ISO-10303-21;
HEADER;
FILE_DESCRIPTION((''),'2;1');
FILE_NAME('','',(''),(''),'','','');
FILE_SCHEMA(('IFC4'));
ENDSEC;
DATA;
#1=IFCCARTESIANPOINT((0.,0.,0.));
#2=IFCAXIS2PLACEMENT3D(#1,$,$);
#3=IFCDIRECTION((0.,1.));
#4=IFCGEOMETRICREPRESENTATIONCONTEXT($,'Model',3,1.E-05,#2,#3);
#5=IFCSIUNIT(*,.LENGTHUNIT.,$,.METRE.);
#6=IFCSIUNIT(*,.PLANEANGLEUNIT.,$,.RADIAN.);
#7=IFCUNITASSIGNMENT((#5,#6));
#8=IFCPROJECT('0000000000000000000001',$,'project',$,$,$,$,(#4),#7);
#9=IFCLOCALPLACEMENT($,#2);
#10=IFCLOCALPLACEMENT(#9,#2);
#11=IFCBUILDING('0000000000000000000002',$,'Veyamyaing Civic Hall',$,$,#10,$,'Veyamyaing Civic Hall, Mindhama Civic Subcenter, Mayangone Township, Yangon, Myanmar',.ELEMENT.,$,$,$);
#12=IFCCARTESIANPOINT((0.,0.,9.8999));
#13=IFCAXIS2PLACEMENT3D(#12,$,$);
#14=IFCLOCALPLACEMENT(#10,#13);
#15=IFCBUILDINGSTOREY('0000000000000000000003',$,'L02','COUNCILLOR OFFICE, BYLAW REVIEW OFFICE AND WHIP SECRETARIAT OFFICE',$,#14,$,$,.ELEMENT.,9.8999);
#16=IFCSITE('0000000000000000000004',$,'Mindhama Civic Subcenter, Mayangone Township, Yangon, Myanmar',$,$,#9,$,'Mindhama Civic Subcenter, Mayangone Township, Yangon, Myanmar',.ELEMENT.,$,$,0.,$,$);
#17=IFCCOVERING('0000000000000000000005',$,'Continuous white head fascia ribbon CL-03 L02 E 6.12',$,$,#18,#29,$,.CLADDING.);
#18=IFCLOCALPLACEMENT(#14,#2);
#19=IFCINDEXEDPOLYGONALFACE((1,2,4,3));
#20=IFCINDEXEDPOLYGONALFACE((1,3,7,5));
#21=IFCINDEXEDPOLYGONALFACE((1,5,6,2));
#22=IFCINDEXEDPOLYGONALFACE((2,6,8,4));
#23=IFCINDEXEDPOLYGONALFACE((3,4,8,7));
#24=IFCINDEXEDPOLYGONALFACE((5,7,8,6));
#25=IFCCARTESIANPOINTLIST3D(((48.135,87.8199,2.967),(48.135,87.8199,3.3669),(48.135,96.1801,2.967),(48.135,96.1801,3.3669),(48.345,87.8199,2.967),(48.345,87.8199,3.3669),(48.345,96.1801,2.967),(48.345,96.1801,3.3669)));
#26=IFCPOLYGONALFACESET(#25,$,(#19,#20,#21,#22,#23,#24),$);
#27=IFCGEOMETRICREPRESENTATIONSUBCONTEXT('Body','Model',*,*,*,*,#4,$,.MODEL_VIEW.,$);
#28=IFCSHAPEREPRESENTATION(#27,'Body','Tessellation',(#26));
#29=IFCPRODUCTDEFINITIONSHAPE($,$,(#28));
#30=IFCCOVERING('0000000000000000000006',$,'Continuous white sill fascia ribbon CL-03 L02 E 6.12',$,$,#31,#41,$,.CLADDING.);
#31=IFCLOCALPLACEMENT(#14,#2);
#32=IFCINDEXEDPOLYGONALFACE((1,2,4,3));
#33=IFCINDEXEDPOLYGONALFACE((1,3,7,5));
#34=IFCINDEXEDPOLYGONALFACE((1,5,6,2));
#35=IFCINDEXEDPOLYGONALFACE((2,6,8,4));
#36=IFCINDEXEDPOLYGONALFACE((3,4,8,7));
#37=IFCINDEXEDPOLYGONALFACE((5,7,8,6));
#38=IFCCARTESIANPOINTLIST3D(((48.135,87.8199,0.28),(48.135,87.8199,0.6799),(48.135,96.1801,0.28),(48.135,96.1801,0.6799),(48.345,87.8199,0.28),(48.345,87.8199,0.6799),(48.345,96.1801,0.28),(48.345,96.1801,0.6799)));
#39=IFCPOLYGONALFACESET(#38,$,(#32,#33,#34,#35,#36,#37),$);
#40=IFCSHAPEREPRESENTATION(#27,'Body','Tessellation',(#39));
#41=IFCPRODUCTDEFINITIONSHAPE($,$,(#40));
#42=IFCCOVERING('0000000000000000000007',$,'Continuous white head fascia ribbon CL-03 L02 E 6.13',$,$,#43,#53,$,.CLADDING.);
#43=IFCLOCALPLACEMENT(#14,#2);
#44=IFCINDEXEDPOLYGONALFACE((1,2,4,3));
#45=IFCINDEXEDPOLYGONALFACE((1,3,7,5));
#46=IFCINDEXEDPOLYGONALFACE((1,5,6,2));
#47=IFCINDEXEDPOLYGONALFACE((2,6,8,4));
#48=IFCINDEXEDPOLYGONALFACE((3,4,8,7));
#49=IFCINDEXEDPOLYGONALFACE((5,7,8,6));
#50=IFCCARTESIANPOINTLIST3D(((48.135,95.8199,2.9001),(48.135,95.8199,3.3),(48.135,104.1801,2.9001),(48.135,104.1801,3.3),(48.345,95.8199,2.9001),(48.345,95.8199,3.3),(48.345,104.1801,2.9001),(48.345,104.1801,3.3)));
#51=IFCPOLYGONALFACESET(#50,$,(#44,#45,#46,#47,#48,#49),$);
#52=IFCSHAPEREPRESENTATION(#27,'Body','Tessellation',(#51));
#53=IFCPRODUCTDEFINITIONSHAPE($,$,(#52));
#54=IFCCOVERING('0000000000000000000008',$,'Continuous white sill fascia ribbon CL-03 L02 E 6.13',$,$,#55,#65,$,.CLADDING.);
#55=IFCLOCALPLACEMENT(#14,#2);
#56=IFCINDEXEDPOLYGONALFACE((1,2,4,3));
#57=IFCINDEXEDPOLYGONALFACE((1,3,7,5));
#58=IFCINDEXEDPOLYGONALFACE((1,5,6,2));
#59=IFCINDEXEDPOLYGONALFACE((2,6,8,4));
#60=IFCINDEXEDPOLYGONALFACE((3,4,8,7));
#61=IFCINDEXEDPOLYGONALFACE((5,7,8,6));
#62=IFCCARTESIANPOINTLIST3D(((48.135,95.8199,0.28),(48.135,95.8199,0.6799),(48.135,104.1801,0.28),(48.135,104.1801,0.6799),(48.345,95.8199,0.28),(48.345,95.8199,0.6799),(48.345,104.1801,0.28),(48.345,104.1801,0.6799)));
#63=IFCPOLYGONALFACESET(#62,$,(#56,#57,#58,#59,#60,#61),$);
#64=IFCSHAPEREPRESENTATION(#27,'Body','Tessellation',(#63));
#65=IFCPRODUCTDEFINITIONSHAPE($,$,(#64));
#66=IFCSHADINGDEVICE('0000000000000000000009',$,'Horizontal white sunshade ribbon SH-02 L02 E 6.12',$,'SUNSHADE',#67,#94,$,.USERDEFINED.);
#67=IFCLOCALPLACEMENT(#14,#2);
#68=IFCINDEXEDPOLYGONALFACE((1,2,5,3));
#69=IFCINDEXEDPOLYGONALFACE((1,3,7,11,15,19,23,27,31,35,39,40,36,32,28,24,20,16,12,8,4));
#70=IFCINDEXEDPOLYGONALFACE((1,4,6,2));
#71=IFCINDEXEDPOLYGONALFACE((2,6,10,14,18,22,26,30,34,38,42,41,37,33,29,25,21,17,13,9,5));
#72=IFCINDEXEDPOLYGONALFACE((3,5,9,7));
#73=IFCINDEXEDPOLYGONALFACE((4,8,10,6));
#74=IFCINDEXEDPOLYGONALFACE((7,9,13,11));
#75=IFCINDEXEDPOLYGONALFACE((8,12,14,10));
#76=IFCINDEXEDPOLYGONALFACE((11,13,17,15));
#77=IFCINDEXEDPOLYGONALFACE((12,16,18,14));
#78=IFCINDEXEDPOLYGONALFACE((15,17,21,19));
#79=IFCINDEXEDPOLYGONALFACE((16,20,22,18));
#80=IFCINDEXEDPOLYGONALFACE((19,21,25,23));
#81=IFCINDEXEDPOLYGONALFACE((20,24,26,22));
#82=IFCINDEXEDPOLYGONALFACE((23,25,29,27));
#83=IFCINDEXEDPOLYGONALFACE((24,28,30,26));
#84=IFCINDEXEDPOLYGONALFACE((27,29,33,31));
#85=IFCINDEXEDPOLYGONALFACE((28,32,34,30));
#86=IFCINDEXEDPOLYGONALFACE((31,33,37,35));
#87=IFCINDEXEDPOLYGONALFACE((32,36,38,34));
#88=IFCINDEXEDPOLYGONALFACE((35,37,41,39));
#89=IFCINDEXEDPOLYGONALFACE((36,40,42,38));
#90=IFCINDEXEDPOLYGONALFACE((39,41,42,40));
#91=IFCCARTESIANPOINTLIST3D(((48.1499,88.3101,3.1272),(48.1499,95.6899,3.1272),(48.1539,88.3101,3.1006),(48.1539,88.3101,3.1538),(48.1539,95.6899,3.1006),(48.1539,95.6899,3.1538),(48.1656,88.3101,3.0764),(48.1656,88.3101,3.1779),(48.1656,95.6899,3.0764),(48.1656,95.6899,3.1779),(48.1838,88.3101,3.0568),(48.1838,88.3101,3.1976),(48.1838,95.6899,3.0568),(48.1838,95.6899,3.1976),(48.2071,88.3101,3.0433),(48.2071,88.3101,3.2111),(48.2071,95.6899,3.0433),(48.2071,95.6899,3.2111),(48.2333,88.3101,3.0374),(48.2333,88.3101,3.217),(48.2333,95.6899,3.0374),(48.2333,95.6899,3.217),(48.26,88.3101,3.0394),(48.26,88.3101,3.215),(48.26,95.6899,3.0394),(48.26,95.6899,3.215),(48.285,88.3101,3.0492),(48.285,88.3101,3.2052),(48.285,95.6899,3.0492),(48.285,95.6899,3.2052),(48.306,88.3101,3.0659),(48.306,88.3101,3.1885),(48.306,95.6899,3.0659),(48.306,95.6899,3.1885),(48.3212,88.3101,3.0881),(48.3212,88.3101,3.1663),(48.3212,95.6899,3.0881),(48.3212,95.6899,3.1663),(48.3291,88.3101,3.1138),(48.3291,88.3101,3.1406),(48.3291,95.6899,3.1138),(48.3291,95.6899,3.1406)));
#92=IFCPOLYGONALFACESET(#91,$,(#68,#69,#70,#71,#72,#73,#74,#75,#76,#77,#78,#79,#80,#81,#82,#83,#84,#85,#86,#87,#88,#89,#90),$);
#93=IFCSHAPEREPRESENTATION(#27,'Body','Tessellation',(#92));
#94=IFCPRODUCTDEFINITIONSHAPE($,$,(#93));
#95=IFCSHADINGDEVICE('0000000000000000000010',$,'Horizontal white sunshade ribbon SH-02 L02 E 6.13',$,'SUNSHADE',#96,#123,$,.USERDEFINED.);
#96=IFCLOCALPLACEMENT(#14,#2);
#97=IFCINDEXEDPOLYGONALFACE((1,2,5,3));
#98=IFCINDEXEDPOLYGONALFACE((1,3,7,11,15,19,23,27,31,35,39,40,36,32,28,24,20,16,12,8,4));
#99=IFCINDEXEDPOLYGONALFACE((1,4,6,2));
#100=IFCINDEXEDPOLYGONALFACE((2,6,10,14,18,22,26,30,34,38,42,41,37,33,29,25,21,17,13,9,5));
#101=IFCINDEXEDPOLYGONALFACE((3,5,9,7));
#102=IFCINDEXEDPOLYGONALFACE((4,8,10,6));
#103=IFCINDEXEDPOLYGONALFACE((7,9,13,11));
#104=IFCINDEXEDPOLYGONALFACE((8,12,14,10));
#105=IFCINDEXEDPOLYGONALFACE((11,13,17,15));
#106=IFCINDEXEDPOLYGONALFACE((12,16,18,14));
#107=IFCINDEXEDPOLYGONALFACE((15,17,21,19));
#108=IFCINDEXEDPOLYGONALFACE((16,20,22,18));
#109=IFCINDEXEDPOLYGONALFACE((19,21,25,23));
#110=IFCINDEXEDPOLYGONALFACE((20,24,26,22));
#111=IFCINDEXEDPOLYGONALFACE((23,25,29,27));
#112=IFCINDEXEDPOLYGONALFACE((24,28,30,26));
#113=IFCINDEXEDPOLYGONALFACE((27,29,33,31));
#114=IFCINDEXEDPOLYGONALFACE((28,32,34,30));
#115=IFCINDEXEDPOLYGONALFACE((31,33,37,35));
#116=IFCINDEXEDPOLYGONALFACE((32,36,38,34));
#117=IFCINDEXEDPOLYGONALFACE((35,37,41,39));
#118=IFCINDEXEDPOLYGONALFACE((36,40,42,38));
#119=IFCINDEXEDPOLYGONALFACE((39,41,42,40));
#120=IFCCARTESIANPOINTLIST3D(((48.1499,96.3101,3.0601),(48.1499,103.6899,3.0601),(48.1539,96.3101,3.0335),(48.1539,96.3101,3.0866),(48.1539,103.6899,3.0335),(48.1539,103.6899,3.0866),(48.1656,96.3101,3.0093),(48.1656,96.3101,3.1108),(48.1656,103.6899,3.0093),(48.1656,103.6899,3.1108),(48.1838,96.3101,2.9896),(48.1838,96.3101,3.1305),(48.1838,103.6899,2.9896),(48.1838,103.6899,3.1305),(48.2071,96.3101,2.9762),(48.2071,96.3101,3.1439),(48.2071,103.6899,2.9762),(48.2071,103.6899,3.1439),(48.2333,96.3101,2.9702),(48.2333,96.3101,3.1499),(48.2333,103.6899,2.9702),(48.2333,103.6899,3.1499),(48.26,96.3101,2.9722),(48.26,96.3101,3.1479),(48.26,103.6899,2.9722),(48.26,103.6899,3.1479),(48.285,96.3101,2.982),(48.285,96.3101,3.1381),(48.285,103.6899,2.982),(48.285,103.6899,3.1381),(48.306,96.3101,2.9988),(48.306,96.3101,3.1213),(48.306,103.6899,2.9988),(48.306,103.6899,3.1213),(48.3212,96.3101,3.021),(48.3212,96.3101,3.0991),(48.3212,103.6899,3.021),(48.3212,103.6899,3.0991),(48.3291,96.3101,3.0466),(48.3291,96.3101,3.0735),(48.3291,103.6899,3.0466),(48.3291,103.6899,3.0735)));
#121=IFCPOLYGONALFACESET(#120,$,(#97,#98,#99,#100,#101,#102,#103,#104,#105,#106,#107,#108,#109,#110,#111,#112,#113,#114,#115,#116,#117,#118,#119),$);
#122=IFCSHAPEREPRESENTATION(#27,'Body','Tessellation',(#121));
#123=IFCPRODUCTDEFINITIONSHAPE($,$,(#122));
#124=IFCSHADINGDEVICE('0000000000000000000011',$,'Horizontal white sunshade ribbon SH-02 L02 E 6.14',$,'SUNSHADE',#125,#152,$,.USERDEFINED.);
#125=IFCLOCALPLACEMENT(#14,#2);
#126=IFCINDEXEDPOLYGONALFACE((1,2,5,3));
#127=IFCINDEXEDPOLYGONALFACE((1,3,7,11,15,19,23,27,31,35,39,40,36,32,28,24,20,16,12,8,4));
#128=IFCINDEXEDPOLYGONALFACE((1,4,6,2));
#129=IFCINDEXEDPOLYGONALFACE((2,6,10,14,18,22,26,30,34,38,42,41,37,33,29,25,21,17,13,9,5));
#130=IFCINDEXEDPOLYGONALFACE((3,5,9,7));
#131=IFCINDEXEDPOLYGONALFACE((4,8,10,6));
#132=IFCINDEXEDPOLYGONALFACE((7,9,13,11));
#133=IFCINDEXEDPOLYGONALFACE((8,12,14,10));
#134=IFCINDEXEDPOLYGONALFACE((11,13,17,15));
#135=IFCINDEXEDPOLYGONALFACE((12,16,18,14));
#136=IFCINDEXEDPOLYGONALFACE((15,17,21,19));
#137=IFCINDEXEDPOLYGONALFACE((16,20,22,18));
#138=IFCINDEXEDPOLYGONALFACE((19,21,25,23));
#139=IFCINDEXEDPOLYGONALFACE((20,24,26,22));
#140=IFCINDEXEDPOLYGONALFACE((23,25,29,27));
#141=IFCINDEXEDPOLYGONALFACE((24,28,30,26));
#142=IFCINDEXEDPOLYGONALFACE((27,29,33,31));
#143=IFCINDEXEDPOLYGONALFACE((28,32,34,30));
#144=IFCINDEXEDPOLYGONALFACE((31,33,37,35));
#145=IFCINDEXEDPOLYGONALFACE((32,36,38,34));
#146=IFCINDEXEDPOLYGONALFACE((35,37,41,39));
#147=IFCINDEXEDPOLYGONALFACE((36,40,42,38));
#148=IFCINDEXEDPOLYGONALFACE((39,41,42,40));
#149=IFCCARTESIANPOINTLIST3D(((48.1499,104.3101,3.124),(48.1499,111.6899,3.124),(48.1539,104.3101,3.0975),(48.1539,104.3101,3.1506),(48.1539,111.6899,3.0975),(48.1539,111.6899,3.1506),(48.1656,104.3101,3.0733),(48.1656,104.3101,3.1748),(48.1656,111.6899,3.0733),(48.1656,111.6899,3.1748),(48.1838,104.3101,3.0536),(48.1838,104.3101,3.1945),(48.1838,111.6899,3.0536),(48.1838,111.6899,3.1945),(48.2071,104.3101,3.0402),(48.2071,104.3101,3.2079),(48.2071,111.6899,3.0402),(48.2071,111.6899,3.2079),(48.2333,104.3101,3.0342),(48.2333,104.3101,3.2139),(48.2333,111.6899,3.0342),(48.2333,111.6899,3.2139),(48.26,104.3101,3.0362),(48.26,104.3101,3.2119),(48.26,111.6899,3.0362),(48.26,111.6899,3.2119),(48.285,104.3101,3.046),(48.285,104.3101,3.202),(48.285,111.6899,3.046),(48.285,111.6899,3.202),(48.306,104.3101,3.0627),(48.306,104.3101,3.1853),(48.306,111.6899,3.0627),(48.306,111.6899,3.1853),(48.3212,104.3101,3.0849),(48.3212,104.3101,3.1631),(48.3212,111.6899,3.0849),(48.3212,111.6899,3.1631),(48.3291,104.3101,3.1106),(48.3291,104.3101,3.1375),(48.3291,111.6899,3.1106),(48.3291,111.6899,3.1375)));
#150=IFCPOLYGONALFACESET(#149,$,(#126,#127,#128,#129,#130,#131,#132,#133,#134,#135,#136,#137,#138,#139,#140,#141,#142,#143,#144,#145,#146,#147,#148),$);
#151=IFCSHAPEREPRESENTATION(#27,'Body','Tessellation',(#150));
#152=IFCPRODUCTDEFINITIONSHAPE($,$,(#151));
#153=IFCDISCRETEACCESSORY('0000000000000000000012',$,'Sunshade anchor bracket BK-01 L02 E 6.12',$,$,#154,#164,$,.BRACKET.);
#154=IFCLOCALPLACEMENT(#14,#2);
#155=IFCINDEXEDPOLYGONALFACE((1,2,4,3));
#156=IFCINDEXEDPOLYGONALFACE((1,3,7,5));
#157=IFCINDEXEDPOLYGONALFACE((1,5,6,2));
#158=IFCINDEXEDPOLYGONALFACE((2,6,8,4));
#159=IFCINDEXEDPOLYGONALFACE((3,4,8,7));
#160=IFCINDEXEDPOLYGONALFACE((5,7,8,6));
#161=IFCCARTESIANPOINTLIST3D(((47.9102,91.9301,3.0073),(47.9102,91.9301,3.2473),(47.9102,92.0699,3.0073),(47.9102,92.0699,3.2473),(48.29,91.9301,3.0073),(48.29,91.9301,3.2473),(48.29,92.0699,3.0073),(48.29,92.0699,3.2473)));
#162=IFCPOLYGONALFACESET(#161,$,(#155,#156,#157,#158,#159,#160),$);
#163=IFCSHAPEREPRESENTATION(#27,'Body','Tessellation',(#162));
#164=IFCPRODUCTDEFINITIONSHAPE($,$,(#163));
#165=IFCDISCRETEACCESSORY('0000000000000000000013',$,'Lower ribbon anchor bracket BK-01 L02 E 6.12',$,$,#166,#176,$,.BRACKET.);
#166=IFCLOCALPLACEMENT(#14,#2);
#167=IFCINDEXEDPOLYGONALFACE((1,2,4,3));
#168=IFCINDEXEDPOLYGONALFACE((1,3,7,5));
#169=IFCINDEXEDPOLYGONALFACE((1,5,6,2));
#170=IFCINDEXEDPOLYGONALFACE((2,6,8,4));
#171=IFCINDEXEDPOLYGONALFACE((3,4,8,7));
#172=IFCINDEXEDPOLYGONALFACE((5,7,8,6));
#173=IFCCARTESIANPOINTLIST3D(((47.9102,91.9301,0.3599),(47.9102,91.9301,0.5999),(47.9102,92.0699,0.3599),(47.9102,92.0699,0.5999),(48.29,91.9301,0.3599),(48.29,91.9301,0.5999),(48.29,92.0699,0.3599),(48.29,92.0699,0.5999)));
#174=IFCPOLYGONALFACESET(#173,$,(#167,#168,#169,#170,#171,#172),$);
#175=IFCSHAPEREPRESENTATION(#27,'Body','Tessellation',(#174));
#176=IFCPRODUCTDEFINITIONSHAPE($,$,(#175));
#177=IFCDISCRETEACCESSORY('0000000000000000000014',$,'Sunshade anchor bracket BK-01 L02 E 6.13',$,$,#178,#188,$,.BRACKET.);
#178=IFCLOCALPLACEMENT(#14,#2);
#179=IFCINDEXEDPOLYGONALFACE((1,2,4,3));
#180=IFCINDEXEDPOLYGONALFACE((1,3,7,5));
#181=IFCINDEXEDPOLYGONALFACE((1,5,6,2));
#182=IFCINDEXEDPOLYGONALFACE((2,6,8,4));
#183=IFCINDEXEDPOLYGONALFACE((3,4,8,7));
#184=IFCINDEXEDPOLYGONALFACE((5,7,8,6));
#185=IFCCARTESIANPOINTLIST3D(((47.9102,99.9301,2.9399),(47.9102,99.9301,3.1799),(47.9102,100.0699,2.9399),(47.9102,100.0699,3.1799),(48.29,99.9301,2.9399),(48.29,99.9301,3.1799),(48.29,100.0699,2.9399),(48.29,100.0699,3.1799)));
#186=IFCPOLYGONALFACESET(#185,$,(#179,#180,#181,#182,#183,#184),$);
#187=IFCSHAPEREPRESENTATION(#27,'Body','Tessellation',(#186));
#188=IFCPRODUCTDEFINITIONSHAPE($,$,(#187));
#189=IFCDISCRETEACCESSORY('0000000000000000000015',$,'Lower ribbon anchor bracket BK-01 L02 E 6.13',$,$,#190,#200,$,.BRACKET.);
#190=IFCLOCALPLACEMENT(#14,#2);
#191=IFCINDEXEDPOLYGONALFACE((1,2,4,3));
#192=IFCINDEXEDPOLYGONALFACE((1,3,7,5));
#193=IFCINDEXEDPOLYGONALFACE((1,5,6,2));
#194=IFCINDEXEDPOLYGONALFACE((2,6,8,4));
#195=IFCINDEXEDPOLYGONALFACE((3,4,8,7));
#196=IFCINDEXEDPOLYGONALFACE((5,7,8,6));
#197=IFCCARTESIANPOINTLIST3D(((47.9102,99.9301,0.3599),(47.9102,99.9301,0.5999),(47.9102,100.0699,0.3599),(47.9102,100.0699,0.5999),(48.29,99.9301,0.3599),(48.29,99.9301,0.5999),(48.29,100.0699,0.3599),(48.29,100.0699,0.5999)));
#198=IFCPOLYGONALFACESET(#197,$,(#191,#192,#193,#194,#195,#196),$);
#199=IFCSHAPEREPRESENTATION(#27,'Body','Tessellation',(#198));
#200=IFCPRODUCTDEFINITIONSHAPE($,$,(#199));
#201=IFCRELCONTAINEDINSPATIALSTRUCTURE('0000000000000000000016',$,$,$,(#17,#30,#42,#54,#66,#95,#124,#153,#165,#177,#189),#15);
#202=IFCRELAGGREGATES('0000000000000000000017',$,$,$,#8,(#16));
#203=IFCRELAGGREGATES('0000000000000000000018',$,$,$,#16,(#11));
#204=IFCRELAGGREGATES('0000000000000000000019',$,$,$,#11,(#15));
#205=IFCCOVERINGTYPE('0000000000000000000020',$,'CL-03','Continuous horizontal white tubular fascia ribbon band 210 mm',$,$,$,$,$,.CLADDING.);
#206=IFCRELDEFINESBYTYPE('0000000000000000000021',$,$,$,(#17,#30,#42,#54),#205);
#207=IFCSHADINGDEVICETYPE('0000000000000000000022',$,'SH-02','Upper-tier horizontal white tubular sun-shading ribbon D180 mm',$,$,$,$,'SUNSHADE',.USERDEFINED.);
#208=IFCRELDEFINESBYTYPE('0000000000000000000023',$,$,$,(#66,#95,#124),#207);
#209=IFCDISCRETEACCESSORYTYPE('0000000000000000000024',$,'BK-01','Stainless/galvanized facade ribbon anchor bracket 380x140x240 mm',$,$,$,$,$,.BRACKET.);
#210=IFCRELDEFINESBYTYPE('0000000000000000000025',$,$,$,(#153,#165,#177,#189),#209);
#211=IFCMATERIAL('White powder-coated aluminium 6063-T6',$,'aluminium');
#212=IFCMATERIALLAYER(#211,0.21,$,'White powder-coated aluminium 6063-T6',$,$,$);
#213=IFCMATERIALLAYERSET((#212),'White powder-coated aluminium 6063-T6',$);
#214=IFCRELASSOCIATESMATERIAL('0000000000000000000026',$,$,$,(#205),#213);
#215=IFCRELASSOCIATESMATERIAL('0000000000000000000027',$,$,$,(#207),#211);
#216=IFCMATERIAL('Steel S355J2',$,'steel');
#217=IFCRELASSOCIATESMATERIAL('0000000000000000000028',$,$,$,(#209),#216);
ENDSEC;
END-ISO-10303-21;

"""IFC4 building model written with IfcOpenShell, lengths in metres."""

from ifc_helpers import new_model, si_unit, direction, frame, origin, origin_2d, place, context, subcontext, project, spatial, rectangle, circle, extrude, material, layer, layer_set, material_profile, profile_set, type_object, element, save


model = new_model("IFC4")

# Units and contexts
model_context = context("Model", 3, precision=1e-05, world=origin(), true_north=direction((0.0, 1.0)))
body_context = subcontext(model_context, "Body", "Model", "MODEL_VIEW")
ifc_project = project(units=[si_unit("LENGTHUNIT", "METRE"), si_unit("PLANEANGLEUNIT", "RADIAN")], contexts=[model_context])

# Site, building, storey
site_placement = place(None, origin())
site = spatial("IfcSite", under=ifc_project, at=site_placement, Name="Mindhama Civic Subcenter, Mayangone Township, Yangon, Myanmar", LongName="Mindhama Civic Subcenter, Mayangone Township, Yangon, Myanmar", CompositionType="ELEMENT", RefElevation=0.0)
building_placement = place(site_placement, origin())
building = spatial("IfcBuilding", under=site, at=building_placement, Name="Veyamyaing Civic Hall", LongName="Veyamyaing Civic Hall, Mindhama Civic Subcenter, Mayangone Township, Yangon, Myanmar", CompositionType="ELEMENT")
storey_placement = place(building_placement, frame((0.0, 0.0, 9.8999)))
storey = spatial("IfcBuildingStorey", under=building, at=storey_placement, Name="L02", Description="COUNCILLOR OFFICE, BYLAW REVIEW OFFICE AND WHIP SECRETARIAT OFFICE", CompositionType="ELEMENT", Elevation=9.8999)

# Coverings
ifc_material_1 = material(Name="White powder-coated aluminium 6063-T6", Category="aluminium")
ifc_layer_1 = layer(ifc_material_1, 0.21, Name="White powder-coated aluminium 6063-T6")
ifc_layer_set_1 = layer_set([ifc_layer_1], Name="White powder-coated aluminium 6063-T6")
covering_type_1 = type_object("IfcCoveringType", Name="CL-03", Description="Continuous horizontal white tubular fascia ribbon band 210 mm", PredefinedType="CLADDING", material=ifc_layer_set_1)
for number, where, z_axis, x_axis, name in (
    (1, (48.24, 92.0, 2.967), (0.0, 0.0, 1.0), (0.0, 1.0, 0.0), "Continuous white head fascia ribbon CL-03 L02 E 6.12"),
    (2, (48.24, 92.0, 0.28), (0.0, 0.0, 1.0), (0.0, 1.0, 0.0), "Continuous white sill fascia ribbon CL-03 L02 E 6.12"),
    (3, (48.24, 100.0, 2.9001), (0.0, 0.0, 1.0), (0.0, 1.0, 0.0), "Continuous white head fascia ribbon CL-03 L02 E 6.13"),
    (4, (48.24, 100.0, 0.28), (0.0, 0.0, 1.0), (0.0, 1.0, 0.0), "Continuous white sill fascia ribbon CL-03 L02 E 6.13"),
):
    element("IfcCovering", number, at=place(storey_placement, frame(where, z_axis=z_axis, x_axis=x_axis)), inside=storey, type_object=covering_type_1, Name=name, PredefinedType="CLADDING", context=body_context, shape_type="SweptSolid", body=[
        extrude(rectangle(XDim=8.3601, YDim=0.21, at=origin_2d()), origin(), (0.0, 0.0, 1.0), 0.3999),
    ])

# Shading devices
ifc_material_profile_1 = material_profile(ifc_material_1, circle(Radius=0.0901, at=origin_2d()), Name="SHADE-TUBE-180")
ifc_profile_set_1 = profile_set([ifc_material_profile_1], Name="White powder-coated aluminium 6063-T6")
shading_device_type = type_object("IfcShadingDeviceType", Name="SH-02", Description="Upper-tier horizontal white tubular sun-shading ribbon D180 mm", ElementType="SUNSHADE", PredefinedType="USERDEFINED", material=ifc_profile_set_1)
for number, where, z_axis, x_axis, name in (
    (5, (48.24, 88.3101, 3.1272), (0.0, 1.0, 0.0), (-1.0, 0.0, 0.0), "Horizontal white sunshade ribbon SH-02 L02 E 6.12"),
    (6, (48.24, 96.3101, 3.0601), (0.0, 1.0, 0.0), (-1.0, 0.0, 0.0), "Horizontal white sunshade ribbon SH-02 L02 E 6.13"),
    (7, (48.24, 104.3101, 3.124), (0.0, 1.0, 0.0), (-1.0, 0.0, 0.0), "Horizontal white sunshade ribbon SH-02 L02 E 6.14"),
):
    element("IfcShadingDevice", number, at=place(storey_placement, frame(where, z_axis=z_axis, x_axis=x_axis)), inside=storey, type_object=shading_device_type, Name=name, ObjectType="SUNSHADE", PredefinedType="USERDEFINED", context=body_context, shape_type="SweptSolid", body=[
        extrude(circle(Radius=0.0901, at=origin_2d()), origin(), (0.0, 0.0, 1.0), 7.3799),
    ])

# Discrete accessories
ifc_material_2 = material(Name="Steel S355J2", Category="steel")
discrete_accessory_type = type_object("IfcDiscreteAccessoryType", Name="BK-01", Description="Stainless/galvanized facade ribbon anchor bracket 380x140x240 mm", PredefinedType="BRACKET", material=ifc_material_2)
for number, where, z_axis, x_axis, name in (
    (8, (48.1001, 92.0, 3.0073), (0.0, 0.0, 1.0), (1.0, 0.0, 0.0), "Sunshade anchor bracket BK-01 L02 E 6.12"),
    (9, (48.1001, 92.0, 0.3599), (0.0, 0.0, 1.0), (1.0, 0.0, 0.0), "Lower ribbon anchor bracket BK-01 L02 E 6.12"),
    (10, (48.1001, 100.0, 2.9399), (0.0, 0.0, 1.0), (1.0, 0.0, 0.0), "Sunshade anchor bracket BK-01 L02 E 6.13"),
    (11, (48.1001, 100.0, 0.3599), (0.0, 0.0, 1.0), (1.0, 0.0, 0.0), "Lower ribbon anchor bracket BK-01 L02 E 6.13"),
):
    element("IfcDiscreteAccessory", number, at=place(storey_placement, frame(where, z_axis=z_axis, x_axis=x_axis)), inside=storey, type_object=discrete_accessory_type, Name=name, PredefinedType="BRACKET", context=body_context, shape_type="SweptSolid", body=[
        extrude(rectangle(XDim=0.3799, YDim=0.1399, at=origin_2d()), origin(), (0.0, 0.0, 1.0), 0.24),
    ])

save(model, "model.ifc")
